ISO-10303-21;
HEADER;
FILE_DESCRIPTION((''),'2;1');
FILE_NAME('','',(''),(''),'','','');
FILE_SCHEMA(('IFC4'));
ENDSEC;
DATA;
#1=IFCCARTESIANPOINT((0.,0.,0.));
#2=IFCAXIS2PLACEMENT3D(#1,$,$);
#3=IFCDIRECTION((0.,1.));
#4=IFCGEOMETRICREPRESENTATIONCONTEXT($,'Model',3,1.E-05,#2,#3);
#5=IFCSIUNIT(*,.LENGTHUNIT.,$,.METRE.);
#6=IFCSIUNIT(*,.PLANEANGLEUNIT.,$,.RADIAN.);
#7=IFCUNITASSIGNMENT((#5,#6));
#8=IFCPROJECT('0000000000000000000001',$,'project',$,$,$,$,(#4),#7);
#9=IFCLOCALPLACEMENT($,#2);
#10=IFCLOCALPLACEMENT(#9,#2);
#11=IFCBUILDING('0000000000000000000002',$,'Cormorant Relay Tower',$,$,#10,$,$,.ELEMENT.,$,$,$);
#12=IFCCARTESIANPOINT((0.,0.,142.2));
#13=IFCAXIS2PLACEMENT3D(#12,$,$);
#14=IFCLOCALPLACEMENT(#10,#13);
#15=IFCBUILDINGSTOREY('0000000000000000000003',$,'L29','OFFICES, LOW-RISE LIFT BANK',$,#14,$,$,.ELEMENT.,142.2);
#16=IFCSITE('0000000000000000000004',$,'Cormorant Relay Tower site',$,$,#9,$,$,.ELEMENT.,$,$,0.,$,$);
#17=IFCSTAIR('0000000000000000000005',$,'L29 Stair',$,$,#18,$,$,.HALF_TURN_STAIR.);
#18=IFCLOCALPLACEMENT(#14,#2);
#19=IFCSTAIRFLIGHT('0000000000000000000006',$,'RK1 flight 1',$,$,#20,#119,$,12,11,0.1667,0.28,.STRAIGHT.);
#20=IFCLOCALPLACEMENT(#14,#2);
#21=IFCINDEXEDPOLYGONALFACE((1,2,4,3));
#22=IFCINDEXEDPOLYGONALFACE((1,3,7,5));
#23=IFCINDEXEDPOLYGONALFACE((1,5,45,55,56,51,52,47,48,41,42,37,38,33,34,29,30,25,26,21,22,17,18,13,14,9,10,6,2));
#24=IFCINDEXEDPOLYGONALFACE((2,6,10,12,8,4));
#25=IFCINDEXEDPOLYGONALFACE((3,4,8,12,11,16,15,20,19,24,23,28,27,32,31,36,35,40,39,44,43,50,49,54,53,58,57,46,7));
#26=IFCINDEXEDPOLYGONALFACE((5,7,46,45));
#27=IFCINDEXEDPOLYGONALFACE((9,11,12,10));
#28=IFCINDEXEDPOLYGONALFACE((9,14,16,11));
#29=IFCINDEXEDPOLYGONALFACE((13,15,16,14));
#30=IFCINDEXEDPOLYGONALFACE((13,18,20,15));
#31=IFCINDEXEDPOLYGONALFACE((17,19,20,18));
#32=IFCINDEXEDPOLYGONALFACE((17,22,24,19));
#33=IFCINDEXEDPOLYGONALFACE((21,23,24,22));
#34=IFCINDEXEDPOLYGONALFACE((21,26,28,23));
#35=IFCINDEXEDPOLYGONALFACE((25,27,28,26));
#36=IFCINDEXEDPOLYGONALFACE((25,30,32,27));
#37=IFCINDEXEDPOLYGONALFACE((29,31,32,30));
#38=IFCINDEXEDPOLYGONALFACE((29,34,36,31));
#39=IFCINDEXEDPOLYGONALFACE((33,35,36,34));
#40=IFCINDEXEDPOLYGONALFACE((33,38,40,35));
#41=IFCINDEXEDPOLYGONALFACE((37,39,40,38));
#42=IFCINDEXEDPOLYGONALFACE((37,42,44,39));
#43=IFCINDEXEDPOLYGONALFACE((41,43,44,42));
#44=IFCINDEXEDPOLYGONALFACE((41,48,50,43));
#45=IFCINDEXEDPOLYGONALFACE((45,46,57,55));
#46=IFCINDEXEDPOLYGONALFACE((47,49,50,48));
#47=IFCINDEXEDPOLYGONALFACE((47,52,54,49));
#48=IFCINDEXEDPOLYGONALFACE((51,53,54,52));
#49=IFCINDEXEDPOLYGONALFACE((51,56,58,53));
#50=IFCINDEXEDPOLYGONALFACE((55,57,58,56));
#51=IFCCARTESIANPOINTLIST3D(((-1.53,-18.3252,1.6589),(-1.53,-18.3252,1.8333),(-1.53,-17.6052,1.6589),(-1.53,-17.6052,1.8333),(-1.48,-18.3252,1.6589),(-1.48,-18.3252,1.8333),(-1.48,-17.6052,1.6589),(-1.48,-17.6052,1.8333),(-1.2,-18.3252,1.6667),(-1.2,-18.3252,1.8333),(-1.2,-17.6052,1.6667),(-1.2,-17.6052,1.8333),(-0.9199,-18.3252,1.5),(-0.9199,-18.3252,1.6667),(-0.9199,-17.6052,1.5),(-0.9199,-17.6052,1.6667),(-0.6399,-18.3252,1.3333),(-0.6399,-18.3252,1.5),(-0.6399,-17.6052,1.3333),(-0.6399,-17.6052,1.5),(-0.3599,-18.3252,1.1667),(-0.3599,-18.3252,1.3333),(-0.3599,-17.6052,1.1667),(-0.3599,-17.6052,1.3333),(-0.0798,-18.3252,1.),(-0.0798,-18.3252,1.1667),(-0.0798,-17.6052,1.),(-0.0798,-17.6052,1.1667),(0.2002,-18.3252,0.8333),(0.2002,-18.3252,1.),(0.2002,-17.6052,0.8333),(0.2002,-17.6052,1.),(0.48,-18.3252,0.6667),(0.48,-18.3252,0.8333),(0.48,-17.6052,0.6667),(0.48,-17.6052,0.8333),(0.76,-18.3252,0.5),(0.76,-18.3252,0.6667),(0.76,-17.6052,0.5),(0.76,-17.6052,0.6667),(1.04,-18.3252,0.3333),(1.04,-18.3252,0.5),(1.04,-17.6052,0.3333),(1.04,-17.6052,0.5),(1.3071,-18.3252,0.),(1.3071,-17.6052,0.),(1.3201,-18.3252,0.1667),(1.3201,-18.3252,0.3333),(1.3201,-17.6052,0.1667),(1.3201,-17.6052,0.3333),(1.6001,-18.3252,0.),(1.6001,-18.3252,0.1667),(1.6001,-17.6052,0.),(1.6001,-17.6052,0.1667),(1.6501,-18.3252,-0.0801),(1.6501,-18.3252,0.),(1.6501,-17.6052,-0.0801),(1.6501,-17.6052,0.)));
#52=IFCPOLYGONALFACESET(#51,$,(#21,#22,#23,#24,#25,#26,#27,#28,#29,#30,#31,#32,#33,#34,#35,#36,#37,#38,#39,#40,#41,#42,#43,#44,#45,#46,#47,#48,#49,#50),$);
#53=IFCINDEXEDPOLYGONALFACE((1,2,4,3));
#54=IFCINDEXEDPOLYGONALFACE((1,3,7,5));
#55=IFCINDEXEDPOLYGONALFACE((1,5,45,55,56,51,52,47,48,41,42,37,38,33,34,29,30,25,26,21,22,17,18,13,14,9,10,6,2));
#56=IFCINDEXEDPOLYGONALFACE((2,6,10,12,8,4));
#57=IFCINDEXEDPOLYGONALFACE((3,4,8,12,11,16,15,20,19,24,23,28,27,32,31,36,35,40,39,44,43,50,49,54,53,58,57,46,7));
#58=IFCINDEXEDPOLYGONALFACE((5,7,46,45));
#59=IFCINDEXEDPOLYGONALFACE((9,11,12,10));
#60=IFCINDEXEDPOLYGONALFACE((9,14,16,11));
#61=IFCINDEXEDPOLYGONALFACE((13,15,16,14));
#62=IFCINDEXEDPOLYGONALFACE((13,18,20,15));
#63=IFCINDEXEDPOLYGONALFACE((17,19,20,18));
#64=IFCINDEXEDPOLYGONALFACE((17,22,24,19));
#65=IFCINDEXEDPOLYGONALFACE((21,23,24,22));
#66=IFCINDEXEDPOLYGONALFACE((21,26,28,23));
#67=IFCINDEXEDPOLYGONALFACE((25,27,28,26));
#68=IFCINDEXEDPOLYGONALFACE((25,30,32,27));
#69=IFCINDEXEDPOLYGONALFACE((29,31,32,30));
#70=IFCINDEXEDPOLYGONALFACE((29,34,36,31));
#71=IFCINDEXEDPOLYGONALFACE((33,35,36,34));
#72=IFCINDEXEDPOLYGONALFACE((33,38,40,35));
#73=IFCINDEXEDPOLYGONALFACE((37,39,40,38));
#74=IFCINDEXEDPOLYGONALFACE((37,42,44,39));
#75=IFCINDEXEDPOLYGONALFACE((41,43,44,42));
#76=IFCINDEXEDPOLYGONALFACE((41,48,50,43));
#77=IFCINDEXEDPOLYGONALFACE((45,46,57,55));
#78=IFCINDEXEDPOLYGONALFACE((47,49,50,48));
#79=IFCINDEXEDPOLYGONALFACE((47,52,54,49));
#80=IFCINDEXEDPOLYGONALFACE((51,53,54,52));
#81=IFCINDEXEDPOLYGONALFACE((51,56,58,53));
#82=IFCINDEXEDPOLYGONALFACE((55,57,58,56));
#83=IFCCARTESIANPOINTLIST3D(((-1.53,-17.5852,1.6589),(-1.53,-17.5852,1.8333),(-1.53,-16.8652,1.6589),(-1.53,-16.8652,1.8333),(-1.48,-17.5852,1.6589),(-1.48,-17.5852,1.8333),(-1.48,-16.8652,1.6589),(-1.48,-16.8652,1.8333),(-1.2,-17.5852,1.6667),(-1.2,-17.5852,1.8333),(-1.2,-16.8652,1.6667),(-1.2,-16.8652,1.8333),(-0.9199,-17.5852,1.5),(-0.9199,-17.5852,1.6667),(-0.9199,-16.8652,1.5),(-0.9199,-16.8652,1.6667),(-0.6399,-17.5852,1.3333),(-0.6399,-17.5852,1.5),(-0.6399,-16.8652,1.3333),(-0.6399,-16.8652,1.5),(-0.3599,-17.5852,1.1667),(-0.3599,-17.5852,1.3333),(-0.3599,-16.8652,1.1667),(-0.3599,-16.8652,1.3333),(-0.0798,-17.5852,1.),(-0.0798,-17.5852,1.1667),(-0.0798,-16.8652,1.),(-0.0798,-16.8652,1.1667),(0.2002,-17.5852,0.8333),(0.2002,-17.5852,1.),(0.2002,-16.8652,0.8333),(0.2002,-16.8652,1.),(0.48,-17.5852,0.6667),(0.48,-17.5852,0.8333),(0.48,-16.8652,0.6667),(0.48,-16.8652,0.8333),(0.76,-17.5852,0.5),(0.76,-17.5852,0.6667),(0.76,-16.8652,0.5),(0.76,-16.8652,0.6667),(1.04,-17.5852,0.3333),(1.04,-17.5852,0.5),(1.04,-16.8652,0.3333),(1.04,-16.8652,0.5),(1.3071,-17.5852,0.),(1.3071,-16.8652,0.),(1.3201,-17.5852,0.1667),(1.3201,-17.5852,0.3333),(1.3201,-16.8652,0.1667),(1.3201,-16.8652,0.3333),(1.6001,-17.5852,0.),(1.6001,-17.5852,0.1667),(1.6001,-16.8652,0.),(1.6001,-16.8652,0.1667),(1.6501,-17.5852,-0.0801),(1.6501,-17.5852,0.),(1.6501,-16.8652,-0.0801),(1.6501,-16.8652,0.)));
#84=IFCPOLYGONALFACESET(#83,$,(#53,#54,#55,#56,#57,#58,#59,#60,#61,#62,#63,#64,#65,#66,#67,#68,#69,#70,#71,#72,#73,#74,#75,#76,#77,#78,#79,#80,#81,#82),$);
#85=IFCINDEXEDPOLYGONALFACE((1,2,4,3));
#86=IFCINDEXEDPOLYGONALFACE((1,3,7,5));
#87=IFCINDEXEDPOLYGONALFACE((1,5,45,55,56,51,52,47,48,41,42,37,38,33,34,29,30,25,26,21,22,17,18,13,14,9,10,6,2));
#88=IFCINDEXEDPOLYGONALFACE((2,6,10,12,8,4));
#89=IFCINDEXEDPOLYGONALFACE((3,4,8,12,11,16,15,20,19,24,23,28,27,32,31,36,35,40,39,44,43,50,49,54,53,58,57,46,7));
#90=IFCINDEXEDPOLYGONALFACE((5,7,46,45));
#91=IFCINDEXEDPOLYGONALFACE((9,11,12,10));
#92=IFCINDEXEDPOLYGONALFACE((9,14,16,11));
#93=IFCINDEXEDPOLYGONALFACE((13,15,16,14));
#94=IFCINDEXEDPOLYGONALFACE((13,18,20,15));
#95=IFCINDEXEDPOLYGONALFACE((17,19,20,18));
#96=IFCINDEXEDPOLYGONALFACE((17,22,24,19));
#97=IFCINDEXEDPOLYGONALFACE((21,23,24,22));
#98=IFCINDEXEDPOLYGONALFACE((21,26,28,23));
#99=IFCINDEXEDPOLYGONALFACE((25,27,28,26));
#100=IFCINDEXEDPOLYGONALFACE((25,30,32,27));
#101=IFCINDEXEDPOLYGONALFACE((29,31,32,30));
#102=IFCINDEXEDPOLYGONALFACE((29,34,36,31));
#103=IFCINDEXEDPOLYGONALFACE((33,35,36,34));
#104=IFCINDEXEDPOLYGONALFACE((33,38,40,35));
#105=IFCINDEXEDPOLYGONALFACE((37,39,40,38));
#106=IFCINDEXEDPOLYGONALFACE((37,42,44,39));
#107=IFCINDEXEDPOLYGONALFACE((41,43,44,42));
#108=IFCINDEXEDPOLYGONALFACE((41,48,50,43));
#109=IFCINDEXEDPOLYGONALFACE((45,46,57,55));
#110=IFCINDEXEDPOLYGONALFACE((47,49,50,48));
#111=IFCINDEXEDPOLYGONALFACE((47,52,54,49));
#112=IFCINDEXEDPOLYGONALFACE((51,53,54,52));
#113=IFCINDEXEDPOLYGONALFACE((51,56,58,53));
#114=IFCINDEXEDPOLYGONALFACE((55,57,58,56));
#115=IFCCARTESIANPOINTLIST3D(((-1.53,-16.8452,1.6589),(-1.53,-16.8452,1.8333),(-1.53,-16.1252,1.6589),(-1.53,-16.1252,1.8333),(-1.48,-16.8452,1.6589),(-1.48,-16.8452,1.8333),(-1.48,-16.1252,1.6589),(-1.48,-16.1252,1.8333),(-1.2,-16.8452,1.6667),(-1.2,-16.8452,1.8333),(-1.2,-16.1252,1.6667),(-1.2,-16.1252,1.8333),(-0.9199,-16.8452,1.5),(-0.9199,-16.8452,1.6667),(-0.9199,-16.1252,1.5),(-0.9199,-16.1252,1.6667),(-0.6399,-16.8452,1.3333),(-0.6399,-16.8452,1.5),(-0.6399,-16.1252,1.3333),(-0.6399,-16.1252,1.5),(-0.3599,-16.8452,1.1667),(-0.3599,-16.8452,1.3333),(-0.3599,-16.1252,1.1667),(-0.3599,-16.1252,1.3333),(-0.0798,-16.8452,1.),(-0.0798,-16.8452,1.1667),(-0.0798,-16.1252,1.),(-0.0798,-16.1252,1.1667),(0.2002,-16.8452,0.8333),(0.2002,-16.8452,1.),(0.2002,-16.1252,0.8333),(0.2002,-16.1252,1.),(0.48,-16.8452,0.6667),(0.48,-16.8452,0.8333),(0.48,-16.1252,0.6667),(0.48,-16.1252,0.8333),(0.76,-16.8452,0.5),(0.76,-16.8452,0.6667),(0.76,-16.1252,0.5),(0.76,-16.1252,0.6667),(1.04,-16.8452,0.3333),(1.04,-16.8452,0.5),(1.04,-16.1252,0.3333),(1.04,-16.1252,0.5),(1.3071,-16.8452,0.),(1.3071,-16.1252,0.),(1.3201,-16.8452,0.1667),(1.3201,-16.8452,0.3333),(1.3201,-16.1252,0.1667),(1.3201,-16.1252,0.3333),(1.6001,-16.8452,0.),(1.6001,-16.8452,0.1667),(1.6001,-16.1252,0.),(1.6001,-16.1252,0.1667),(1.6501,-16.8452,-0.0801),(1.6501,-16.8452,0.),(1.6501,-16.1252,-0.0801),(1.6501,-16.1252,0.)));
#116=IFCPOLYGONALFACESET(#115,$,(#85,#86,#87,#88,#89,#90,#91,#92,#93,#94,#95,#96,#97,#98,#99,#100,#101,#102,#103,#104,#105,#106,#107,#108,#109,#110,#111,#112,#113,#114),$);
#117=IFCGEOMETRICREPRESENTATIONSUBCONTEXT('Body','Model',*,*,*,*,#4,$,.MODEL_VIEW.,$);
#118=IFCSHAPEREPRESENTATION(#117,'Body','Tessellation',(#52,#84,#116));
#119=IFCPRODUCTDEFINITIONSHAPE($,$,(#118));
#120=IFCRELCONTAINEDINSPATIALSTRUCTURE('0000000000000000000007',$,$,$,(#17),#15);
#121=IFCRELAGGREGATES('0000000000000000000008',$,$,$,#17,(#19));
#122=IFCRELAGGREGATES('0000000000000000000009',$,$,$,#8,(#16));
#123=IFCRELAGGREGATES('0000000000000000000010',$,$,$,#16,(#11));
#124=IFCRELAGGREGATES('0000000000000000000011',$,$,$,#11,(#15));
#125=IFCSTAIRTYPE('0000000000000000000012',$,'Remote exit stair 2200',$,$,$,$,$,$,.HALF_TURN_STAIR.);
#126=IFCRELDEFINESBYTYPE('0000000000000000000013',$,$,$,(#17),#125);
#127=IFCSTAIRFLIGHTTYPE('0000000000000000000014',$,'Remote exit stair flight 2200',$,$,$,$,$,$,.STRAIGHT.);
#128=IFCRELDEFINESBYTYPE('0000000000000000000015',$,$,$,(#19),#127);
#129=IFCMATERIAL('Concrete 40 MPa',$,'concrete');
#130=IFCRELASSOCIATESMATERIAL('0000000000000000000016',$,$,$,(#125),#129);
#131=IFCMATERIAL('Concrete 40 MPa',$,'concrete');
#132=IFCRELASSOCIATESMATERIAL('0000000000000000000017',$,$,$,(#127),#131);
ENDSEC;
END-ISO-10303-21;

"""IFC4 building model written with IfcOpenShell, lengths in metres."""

from ifc_helpers import new_model, si_unit, direction, frame, origin, place, context, subcontext, project, spatial, polyline, outline, extrude, material, type_object, element, aggregate, save


model = new_model("IFC4")

# Units and contexts
model_context = context("Model", 3, precision=1e-05, world=origin(), true_north=direction((0.0, 1.0)))
body_context = subcontext(model_context, "Body", "Model", "MODEL_VIEW")
ifc_project = project(units=[si_unit("LENGTHUNIT", "METRE"), si_unit("PLANEANGLEUNIT", "RADIAN")], contexts=[model_context])

# Site, building, storey
site_placement = place(None, origin())
site = spatial("IfcSite", under=ifc_project, at=site_placement, Name="Cormorant Relay Tower site", CompositionType="ELEMENT", RefElevation=0.0)
building_placement = place(site_placement, origin())
building = spatial("IfcBuilding", under=site, at=building_placement, Name="Cormorant Relay Tower", CompositionType="ELEMENT")
storey_placement = place(building_placement, frame((0.0, 0.0, 142.2)))
storey = spatial("IfcBuildingStorey", under=building, at=storey_placement, Name="L29", Description="OFFICES, LOW-RISE LIFT BANK", CompositionType="ELEMENT", Elevation=142.2)

# Stair, stair flight
ifc_material_1 = material(Name="Concrete 40 MPa", Category="concrete")
stair_type = type_object("IfcStairType", Name="Remote exit stair 2200", PredefinedType="HALF_TURN_STAIR", material=ifc_material_1)
stair_placement = place(storey_placement, origin())
stair = element("IfcStair", 1, at=stair_placement, inside=storey, type_object=stair_type, Name="L29 Stair", PredefinedType="HALF_TURN_STAIR")
ifc_material_2 = material(Name="Concrete 40 MPa", Category="concrete")
stair_flight_type = type_object("IfcStairFlightType", Name="Remote exit stair flight 2200", PredefinedType="STRAIGHT", material=ifc_material_2)
stair_flight_1_placement = place(storey_placement, frame((1.6001, -17.2251, 0.0), z_axis=(0.0, 0.0, 1.0), x_axis=(-1.0, 0.0, 0.0)))
stair_flight_1 = element("IfcStairFlight", 2, at=stair_flight_1_placement, type_object=stair_flight_type, Name="RK1 flight 1", NumberOfRisers=12, NumberOfTreads=11, PredefinedType="STRAIGHT", RiserHeight=0.1667, TreadLength=0.28, context=body_context, shape_type="SweptSolid", body=[
    extrude(outline(polyline([(-0.05, -0.0801), (-0.05, 0.0), (0.0, 0.0), (0.0, 0.1667), (0.28, 0.1667), (0.28, 0.3333), (0.5601, 0.3333), (0.5601, 0.5), (0.8401, 0.5), (0.8401, 0.6667), (1.1201, 0.6667), (1.1201, 0.8333), (1.3999, 0.8333), (1.3999, 1.0), (1.6799, 1.0), (1.6799, 1.1667), (1.96, 1.1667), (1.96, 1.3333), (2.24, 1.3333), (2.24, 1.5), (2.52, 1.5), (2.52, 1.6667), (2.8, 1.6667), (2.8, 1.8333), (3.0801, 1.8333), (3.1301, 1.8333), (3.1301, 1.6589), (3.0801, 1.6589), (0.293, 0.0), (-0.05, -0.0801)])), frame((0.0, 1.1001, 0.0), z_axis=(0.0, -1.0, 0.0), x_axis=(1.0, 0.0, 0.0)), (0.0, 0.0, 1.0), 0.72),
    extrude(outline(polyline([(-0.05, -0.0801), (-0.05, 0.0), (0.0, 0.0), (0.0, 0.1667), (0.28, 0.1667), (0.28, 0.3333), (0.5601, 0.3333), (0.5601, 0.5), (0.8401, 0.5), (0.8401, 0.6667), (1.1201, 0.6667), (1.1201, 0.8333), (1.3999, 0.8333), (1.3999, 1.0), (1.6799, 1.0), (1.6799, 1.1667), (1.96, 1.1667), (1.96, 1.3333), (2.24, 1.3333), (2.24, 1.5), (2.52, 1.5), (2.52, 1.6667), (2.8, 1.6667), (2.8, 1.8333), (3.0801, 1.8333), (3.1301, 1.8333), (3.1301, 1.6589), (3.0801, 1.6589), (0.293, 0.0), (-0.05, -0.0801)])), frame((0.0, 0.3601, 0.0), z_axis=(0.0, -1.0, 0.0), x_axis=(1.0, 0.0, 0.0)), (0.0, 0.0, 1.0), 0.72),
    extrude(outline(polyline([(-0.05, -0.0801), (-0.05, 0.0), (0.0, 0.0), (0.0, 0.1667), (0.28, 0.1667), (0.28, 0.3333), (0.5601, 0.3333), (0.5601, 0.5), (0.8401, 0.5), (0.8401, 0.6667), (1.1201, 0.6667), (1.1201, 0.8333), (1.3999, 0.8333), (1.3999, 1.0), (1.6799, 1.0), (1.6799, 1.1667), (1.96, 1.1667), (1.96, 1.3333), (2.24, 1.3333), (2.24, 1.5), (2.52, 1.5), (2.52, 1.6667), (2.8, 1.6667), (2.8, 1.8333), (3.0801, 1.8333), (3.1301, 1.8333), (3.1301, 1.6589), (3.0801, 1.6589), (0.293, 0.0), (-0.05, -0.0801)])), frame((0.0, -0.3799, 0.0), z_axis=(0.0, -1.0, 0.0), x_axis=(1.0, 0.0, 0.0)), (0.0, 0.0, 1.0), 0.72),
])
aggregate(stair, [stair_flight_1])

save(model, "model.ifc")
